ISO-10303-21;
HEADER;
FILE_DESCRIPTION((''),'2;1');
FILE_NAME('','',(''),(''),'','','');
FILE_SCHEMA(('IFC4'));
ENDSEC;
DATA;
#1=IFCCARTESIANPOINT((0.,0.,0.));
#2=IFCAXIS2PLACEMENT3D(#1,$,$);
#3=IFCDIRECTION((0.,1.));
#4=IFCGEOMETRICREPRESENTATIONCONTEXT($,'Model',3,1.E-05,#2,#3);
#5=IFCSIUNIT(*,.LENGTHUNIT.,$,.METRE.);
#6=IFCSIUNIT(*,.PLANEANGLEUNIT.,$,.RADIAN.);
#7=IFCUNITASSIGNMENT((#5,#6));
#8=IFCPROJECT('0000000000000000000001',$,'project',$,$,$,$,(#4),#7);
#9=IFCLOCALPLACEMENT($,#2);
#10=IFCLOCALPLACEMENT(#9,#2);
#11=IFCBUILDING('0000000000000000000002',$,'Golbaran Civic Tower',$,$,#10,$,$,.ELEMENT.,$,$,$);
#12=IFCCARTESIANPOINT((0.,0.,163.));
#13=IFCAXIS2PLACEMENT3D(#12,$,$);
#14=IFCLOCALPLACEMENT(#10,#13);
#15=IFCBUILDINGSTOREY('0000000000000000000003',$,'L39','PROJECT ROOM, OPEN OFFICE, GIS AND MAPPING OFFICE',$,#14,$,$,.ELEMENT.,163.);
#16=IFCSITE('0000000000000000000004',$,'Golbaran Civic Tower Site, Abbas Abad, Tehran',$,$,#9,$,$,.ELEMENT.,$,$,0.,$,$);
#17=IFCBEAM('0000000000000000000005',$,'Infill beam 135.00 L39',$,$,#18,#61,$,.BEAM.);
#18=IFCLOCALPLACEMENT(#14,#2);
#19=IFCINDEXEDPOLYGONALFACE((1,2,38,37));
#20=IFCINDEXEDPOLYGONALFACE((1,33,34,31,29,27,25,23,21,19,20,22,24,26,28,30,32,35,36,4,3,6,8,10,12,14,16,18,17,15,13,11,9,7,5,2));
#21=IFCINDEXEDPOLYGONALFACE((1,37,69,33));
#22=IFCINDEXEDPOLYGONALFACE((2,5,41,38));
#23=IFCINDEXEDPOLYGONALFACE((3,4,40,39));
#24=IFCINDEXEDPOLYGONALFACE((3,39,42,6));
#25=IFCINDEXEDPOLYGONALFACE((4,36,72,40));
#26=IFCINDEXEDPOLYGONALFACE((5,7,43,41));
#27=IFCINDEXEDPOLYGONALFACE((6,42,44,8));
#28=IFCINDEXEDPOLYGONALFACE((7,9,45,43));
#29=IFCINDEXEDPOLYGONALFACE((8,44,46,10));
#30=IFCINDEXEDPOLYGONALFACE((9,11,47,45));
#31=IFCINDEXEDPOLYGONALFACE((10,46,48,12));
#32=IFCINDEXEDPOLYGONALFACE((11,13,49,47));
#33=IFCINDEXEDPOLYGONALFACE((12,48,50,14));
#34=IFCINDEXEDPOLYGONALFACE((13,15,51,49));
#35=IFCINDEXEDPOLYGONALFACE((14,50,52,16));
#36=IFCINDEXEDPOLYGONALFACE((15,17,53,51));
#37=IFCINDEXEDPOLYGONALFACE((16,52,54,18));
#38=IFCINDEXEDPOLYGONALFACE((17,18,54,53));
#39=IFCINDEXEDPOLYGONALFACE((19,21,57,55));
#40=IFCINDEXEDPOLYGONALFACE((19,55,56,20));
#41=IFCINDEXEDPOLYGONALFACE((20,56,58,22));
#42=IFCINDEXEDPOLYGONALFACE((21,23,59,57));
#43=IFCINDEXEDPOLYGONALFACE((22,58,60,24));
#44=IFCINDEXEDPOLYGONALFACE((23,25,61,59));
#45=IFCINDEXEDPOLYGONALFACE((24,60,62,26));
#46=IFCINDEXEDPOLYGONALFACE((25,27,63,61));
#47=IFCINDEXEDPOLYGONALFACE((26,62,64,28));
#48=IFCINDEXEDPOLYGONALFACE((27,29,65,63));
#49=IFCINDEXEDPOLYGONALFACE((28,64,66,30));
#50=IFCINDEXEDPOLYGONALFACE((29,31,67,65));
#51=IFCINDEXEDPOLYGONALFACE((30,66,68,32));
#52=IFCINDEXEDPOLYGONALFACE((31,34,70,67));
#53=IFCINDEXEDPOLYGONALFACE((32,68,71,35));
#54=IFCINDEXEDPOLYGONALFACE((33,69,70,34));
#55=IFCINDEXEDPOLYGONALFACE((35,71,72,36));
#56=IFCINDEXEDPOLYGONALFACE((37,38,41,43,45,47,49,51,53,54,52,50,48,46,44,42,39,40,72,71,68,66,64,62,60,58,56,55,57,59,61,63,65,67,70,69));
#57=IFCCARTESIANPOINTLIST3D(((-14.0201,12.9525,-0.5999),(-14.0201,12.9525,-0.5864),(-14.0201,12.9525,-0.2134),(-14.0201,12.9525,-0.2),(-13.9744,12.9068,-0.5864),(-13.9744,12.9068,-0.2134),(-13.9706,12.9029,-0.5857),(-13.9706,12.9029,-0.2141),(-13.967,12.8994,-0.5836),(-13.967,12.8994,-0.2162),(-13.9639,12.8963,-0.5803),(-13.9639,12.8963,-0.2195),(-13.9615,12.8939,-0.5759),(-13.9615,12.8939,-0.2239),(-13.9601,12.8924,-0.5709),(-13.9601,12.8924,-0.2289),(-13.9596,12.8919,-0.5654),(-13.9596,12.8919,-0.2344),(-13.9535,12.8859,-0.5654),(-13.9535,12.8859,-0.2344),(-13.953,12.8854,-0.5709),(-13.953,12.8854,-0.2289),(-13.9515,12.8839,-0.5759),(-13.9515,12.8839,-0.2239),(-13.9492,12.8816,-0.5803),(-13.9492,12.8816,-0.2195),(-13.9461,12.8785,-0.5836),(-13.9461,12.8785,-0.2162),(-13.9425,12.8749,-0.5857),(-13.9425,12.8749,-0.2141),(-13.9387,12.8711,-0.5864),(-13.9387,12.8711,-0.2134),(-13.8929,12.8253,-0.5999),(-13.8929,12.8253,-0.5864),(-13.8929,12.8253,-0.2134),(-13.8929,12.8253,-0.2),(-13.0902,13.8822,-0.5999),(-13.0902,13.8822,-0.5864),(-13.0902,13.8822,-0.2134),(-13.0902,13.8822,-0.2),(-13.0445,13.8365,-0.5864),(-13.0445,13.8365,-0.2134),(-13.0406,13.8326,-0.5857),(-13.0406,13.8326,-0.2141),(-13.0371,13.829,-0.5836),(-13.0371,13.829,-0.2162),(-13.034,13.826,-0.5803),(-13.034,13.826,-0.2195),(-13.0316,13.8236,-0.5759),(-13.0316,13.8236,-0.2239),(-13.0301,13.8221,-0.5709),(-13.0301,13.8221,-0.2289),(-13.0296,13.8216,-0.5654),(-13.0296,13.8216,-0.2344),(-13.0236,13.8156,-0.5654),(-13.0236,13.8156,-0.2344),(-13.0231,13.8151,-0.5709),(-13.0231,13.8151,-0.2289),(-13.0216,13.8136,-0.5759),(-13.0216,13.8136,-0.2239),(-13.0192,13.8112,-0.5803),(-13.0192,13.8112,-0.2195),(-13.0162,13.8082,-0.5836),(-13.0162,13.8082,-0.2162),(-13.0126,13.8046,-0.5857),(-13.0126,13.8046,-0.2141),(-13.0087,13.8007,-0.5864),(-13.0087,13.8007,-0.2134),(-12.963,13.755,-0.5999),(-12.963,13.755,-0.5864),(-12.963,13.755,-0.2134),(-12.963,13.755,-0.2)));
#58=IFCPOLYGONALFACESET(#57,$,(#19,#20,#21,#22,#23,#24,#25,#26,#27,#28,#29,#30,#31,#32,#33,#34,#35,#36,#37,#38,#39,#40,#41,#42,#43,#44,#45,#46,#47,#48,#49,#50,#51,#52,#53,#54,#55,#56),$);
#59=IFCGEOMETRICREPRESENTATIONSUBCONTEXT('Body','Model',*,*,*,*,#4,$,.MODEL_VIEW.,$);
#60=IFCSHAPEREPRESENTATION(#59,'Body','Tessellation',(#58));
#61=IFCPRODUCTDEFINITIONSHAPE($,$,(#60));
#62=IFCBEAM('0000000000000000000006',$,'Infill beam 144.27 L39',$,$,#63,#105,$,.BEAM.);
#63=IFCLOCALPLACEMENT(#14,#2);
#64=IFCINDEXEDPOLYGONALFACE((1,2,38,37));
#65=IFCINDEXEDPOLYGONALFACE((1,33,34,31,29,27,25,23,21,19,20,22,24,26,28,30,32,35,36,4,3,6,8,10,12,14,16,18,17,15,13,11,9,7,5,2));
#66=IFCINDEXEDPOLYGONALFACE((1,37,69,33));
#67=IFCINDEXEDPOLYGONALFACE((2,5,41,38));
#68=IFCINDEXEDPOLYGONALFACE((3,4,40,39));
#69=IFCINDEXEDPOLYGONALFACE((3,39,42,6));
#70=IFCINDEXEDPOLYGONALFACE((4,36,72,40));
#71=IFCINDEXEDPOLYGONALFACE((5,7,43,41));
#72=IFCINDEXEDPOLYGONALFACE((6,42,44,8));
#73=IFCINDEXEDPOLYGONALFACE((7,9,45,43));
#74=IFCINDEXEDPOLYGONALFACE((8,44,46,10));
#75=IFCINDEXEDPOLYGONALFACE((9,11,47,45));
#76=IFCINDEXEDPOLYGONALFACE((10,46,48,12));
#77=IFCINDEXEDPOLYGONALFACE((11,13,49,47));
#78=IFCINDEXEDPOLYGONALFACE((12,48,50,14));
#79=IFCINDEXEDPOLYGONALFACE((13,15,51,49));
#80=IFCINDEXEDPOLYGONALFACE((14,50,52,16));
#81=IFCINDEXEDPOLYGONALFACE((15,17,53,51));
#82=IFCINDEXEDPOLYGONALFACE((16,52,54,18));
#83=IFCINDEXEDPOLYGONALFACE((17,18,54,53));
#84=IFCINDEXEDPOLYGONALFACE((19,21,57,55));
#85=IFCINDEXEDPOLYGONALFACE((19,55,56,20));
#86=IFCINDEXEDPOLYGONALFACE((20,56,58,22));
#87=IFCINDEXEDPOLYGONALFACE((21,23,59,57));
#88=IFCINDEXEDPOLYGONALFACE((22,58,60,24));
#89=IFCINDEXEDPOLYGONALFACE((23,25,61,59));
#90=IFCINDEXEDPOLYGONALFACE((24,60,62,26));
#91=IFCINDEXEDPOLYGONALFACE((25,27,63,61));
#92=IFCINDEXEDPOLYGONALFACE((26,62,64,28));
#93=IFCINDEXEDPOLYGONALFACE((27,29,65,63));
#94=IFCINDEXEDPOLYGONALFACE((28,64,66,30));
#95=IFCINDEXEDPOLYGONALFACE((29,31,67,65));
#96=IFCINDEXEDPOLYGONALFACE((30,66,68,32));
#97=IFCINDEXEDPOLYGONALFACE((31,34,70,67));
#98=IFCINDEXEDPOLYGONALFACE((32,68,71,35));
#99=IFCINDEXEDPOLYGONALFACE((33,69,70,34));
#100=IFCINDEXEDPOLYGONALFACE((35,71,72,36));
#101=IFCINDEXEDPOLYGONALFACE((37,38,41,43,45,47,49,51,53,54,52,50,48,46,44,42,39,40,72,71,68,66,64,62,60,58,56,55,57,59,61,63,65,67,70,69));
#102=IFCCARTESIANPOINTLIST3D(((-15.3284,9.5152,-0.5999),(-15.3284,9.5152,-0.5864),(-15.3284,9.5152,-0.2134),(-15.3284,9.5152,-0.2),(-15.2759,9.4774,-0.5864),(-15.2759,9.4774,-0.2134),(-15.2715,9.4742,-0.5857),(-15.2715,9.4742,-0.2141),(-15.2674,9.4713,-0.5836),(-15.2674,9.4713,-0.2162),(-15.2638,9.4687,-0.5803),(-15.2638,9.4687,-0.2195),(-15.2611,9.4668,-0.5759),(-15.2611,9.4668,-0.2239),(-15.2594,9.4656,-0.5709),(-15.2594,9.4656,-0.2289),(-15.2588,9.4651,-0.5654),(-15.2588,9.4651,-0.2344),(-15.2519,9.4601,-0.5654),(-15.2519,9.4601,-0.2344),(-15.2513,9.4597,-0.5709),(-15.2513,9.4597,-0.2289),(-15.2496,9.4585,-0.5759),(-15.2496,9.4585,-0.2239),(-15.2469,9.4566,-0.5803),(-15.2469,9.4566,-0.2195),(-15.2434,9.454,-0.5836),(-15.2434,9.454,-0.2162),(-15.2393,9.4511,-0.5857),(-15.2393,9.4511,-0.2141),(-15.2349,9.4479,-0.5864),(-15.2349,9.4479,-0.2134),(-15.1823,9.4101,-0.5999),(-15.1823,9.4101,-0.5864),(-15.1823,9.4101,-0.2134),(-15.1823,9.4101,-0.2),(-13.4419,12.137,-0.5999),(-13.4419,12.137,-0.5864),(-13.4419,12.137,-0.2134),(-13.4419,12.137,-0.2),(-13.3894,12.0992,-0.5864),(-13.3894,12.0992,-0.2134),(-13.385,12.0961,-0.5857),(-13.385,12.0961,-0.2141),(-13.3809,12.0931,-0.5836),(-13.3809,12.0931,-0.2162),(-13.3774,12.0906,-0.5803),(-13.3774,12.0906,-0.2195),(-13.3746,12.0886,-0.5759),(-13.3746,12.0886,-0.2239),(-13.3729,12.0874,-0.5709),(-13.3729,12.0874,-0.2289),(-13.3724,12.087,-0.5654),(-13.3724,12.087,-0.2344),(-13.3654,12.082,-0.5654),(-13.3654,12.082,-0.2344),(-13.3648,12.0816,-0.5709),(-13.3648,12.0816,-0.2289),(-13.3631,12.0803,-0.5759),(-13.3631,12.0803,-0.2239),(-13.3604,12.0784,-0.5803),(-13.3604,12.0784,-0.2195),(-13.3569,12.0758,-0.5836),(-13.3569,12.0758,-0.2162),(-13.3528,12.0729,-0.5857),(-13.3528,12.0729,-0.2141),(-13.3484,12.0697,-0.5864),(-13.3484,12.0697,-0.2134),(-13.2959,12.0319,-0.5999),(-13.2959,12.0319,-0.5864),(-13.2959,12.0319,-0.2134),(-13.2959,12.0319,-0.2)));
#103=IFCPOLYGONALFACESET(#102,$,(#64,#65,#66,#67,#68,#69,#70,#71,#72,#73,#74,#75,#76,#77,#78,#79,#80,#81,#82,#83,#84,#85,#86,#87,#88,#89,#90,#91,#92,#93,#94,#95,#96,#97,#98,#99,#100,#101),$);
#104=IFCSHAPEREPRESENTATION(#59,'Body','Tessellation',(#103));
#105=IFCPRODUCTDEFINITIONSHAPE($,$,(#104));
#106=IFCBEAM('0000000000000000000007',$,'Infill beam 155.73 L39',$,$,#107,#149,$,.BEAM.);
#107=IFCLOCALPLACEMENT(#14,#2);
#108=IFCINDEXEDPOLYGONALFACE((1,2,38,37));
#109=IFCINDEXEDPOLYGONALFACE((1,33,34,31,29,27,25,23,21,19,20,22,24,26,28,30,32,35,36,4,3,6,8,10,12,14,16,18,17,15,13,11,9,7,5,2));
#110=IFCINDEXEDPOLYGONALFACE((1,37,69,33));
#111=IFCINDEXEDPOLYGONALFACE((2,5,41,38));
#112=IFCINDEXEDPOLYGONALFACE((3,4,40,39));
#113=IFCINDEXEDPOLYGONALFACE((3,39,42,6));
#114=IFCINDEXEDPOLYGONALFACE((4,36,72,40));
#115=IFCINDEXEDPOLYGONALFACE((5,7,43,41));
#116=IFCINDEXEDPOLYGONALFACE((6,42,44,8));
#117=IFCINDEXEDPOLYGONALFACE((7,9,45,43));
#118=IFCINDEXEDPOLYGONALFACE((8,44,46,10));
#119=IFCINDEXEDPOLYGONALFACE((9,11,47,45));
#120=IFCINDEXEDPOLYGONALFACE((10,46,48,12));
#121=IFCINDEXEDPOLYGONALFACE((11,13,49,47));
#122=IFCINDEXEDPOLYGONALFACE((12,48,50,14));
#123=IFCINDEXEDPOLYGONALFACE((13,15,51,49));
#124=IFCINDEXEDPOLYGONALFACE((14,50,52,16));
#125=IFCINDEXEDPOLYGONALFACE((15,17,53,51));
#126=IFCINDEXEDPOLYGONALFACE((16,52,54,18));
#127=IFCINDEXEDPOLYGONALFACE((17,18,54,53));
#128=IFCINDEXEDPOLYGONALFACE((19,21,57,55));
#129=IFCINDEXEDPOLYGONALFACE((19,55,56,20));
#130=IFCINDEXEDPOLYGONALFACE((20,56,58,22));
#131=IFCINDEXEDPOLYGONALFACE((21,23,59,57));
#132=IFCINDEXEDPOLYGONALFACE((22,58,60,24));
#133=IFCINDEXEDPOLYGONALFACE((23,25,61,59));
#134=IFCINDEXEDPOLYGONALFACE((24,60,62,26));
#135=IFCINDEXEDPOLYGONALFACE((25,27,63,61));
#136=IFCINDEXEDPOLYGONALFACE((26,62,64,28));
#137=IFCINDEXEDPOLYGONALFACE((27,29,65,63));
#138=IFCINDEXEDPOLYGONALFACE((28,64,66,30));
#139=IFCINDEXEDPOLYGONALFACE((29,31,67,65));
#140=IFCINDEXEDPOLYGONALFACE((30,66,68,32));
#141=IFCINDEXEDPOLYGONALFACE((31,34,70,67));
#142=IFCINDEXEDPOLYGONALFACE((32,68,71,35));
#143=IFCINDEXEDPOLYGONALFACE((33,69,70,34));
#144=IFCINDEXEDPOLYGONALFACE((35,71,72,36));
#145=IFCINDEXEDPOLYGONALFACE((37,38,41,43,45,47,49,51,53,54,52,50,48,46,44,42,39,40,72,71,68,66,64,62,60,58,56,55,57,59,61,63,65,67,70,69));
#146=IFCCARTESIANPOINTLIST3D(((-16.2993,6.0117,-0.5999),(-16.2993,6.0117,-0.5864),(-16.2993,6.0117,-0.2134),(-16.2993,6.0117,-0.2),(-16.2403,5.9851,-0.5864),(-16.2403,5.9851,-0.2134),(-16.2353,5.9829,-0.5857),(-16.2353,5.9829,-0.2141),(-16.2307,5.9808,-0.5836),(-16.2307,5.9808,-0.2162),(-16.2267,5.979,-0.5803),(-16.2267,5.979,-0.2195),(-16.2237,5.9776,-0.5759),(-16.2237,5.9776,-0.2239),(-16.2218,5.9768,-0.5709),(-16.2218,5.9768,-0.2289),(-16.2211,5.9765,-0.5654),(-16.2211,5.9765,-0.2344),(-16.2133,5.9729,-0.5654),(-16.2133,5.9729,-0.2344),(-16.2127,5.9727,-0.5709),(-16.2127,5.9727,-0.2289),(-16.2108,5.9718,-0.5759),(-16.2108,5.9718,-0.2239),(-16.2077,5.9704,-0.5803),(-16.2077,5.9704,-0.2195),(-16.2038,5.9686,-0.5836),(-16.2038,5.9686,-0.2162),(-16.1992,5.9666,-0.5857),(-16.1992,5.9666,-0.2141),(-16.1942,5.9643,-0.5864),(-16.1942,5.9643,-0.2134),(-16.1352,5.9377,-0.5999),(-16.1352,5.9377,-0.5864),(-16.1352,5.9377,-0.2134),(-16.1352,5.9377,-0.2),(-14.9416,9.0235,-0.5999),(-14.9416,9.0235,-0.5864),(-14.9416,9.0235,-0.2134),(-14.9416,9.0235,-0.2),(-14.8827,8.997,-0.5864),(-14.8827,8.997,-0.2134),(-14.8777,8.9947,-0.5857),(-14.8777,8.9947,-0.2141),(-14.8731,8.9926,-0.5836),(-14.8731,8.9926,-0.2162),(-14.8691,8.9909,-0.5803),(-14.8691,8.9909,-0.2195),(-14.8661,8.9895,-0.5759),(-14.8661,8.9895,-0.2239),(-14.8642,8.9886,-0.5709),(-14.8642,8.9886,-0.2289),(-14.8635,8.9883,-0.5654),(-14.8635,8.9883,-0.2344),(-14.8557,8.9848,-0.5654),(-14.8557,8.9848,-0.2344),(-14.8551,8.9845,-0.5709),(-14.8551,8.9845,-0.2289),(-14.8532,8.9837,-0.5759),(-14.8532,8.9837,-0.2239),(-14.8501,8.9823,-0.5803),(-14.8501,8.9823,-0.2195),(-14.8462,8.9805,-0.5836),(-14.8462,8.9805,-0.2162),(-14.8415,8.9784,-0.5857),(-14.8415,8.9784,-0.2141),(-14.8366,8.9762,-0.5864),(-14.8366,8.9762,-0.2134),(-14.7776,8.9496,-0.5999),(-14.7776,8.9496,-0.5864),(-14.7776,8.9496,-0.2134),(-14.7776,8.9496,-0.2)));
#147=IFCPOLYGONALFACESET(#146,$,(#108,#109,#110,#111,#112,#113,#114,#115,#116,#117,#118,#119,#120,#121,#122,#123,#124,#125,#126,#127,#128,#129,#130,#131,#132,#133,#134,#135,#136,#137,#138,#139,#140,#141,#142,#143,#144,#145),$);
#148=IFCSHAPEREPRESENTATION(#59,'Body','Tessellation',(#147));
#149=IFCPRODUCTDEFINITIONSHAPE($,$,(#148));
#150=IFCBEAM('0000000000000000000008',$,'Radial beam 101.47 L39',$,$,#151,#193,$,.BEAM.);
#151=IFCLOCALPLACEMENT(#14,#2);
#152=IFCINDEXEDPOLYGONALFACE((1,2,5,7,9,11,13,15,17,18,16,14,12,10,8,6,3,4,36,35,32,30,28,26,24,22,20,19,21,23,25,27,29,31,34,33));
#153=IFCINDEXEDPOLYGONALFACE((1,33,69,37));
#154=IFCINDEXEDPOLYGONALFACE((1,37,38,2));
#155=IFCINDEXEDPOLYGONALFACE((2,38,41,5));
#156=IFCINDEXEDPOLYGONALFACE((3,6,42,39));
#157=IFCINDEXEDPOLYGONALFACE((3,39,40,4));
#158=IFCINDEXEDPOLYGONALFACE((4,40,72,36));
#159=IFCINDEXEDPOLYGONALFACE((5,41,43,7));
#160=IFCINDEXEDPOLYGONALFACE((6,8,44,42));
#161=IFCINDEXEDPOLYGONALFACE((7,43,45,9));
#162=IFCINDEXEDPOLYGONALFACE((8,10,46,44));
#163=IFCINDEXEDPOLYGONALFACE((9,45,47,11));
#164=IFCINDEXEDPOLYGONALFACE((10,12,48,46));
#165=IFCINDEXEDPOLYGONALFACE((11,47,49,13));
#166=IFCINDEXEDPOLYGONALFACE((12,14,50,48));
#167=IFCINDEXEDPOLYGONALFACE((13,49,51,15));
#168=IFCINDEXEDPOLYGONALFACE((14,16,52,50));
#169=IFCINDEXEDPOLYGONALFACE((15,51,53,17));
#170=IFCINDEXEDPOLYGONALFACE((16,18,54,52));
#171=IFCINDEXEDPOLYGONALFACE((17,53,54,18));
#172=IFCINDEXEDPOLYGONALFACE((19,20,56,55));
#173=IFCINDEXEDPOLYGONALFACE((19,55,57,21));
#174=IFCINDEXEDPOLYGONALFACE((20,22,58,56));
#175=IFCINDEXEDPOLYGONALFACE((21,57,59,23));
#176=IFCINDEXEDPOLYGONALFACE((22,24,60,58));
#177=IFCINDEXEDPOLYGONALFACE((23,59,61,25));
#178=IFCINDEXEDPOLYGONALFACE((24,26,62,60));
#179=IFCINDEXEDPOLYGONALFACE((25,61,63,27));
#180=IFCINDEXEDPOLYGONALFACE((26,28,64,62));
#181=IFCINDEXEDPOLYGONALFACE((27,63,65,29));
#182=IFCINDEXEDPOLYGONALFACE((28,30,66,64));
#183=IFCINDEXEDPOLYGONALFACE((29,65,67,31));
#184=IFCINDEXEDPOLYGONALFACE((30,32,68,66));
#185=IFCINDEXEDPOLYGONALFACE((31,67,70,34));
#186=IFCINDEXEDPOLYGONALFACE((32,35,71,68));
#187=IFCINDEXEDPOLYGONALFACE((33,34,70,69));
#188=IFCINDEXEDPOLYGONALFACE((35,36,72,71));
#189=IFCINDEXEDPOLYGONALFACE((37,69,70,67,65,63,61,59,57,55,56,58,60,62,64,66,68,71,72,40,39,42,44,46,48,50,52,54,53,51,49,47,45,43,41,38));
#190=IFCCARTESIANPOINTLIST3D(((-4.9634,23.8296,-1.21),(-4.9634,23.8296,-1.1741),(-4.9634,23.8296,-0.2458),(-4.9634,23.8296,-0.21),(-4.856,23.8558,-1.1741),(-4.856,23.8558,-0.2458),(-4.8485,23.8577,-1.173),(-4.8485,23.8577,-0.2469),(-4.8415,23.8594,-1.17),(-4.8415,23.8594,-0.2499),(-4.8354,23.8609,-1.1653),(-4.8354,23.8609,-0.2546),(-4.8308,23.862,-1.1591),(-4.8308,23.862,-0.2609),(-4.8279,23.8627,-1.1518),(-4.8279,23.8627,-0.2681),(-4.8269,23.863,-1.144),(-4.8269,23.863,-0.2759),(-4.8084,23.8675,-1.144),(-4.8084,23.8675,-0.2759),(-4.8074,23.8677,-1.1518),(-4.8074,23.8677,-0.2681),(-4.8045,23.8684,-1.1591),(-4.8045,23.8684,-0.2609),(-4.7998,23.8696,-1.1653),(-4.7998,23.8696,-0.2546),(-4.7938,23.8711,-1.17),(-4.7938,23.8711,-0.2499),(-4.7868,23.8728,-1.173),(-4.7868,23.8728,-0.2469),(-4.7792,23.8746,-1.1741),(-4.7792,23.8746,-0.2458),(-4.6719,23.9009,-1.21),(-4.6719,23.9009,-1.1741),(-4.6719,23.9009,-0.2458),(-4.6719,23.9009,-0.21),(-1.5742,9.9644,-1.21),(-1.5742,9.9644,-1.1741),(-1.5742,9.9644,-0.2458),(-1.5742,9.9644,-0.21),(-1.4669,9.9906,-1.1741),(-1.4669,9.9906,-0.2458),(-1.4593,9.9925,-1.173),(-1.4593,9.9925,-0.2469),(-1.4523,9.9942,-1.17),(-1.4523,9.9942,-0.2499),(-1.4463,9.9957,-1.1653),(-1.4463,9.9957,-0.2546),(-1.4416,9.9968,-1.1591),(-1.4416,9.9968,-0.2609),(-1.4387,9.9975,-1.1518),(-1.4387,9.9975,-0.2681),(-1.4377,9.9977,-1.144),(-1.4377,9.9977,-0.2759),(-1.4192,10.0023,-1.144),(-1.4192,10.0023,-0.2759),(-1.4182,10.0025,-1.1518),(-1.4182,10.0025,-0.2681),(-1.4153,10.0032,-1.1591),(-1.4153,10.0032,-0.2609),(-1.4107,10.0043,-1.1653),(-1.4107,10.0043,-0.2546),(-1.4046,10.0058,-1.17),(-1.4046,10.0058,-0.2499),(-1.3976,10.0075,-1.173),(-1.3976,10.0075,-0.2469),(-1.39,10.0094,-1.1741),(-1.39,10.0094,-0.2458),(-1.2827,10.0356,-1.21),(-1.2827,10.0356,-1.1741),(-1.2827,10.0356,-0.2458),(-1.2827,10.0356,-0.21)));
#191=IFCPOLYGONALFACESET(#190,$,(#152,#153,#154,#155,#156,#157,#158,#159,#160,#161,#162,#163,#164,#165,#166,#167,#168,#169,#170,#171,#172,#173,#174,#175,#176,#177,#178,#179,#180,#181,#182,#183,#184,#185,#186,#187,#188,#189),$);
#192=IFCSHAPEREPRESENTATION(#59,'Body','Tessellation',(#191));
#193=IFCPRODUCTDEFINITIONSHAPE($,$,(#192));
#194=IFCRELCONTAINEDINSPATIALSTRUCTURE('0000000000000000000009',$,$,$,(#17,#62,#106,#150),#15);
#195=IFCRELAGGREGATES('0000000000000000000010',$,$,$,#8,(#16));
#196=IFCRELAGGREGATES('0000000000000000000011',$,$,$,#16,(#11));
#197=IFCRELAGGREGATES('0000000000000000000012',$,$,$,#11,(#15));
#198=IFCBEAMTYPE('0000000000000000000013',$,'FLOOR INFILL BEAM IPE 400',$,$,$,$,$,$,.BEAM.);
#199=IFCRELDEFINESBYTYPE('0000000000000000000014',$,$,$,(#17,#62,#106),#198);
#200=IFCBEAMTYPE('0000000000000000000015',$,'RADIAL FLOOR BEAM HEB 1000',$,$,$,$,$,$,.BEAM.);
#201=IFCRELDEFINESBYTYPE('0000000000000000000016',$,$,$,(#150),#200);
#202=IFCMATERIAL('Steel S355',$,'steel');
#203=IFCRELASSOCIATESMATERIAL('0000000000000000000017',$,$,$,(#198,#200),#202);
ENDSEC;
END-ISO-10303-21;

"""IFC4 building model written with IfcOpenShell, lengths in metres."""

from ifc_helpers import new_model, si_unit, direction, frame, origin, origin_2d, place, context, subcontext, project, spatial, i_section, extrude, material, material_profile, profile_set, type_object, element, save


model = new_model("IFC4")

# Units and contexts
model_context = context("Model", 3, precision=1e-05, world=origin(), true_north=direction((0.0, 1.0)))
body_context = subcontext(model_context, "Body", "Model", "MODEL_VIEW")
ifc_project = project(units=[si_unit("LENGTHUNIT", "METRE"), si_unit("PLANEANGLEUNIT", "RADIAN")], contexts=[model_context])

# Site, building, storey
site_placement = place(None, origin())
site = spatial("IfcSite", under=ifc_project, at=site_placement, Name="Golbaran Civic Tower Site, Abbas Abad, Tehran", CompositionType="ELEMENT", RefElevation=0.0)
building_placement = place(site_placement, origin())
building = spatial("IfcBuilding", under=site, at=building_placement, Name="Golbaran Civic Tower", CompositionType="ELEMENT")
storey_placement = place(building_placement, frame((0.0, 0.0, 163.0)))
storey = spatial("IfcBuildingStorey", under=building, at=storey_placement, Name="L39", Description="PROJECT ROOM, OPEN OFFICE, GIS AND MAPPING OFFICE", CompositionType="ELEMENT", Elevation=163.0)

# Beams
ifc_material_1 = material(Name="Steel S355", Category="steel")
ifc_material_profile_1 = material_profile(ifc_material_1, i_section(OverallWidth=0.1799, OverallDepth=0.3999, WebThickness=0.0085, FlangeThickness=0.0134, FilletRadius=0.021, at=origin_2d()), Name="IPE 400")
ifc_profile_set_1 = profile_set([ifc_material_profile_1], Name="Steel S355")
beam_type_1 = type_object("IfcBeamType", Name="FLOOR INFILL BEAM IPE 400", PredefinedType="BEAM", material=ifc_profile_set_1)
beam_1_placement = place(storey_placement, frame((-13.0266, 13.8186, -0.3999), z_axis=(-0.7072, -0.707014, 0.0), x_axis=(0.707014, -0.7072, 0.0)))
element("IfcBeam", 1, at=beam_1_placement, inside=storey, type_object=beam_type_1, Name="Infill beam 135.00 L39", PredefinedType="BEAM", context=body_context, shape_type="SweptSolid", body=[
    extrude(i_section(OverallWidth=0.1799, OverallDepth=0.3999, WebThickness=0.0085, FlangeThickness=0.0134, FilletRadius=0.021, at=origin_2d()), origin(), (0.0, 0.0, 1.0), 1.3149),
])
beam_2_placement = place(storey_placement, frame((-13.3689, 12.0845, -0.3999), z_axis=(-0.584052, -0.811716, 0.0), x_axis=(0.811716, -0.584052, 0.0)))
element("IfcBeam", 2, at=beam_2_placement, inside=storey, type_object=beam_type_1, Name="Infill beam 144.27 L39", PredefinedType="BEAM", context=body_context, shape_type="SweptSolid", body=[
    extrude(i_section(OverallWidth=0.1799, OverallDepth=0.3999, WebThickness=0.0085, FlangeThickness=0.0134, FilletRadius=0.021, at=origin_2d()), origin(), (0.0, 0.0, 1.0), 3.23),
])
beam_3_placement = place(storey_placement, frame((-14.8596, 8.9866, -0.3999), z_axis=(-0.410939, -0.911663, 0.0), x_axis=(0.911663, -0.410939, 0.0)))
element("IfcBeam", 3, at=beam_3_placement, inside=storey, type_object=beam_type_1, Name="Infill beam 155.73 L39", PredefinedType="BEAM", context=body_context, shape_type="SweptSolid", body=[
    extrude(i_section(OverallWidth=0.1799, OverallDepth=0.3999, WebThickness=0.0085, FlangeThickness=0.0134, FilletRadius=0.021, at=origin_2d()), origin(), (0.0, 0.0, 1.0), 3.3037),
])
ifc_material_profile_2 = material_profile(ifc_material_1, i_section(OverallWidth=0.3, OverallDepth=1.0, WebThickness=0.019, FlangeThickness=0.0359, FilletRadius=0.03, at=origin_2d()), Name="HEB 1000")
ifc_profile_set_2 = profile_set([ifc_material_profile_2], Name="Steel S355")
beam_type_2 = type_object("IfcBeamType", Name="RADIAL FLOOR BEAM HEB 1000", PredefinedType="BEAM", material=ifc_profile_set_2)
beam_4_placement = place(storey_placement, frame((-1.4285, 10.0, -0.71), z_axis=(-0.237445, 0.971401, 0.0), x_axis=(-0.971401, -0.237445, 0.0)))
element("IfcBeam", 4, at=beam_4_placement, inside=storey, type_object=beam_type_2, Name="Radial beam 101.47 L39", PredefinedType="BEAM", context=body_context, shape_type="SweptSolid", body=[
    extrude(i_section(OverallWidth=0.3, OverallDepth=1.0, WebThickness=0.019, FlangeThickness=0.0359, FilletRadius=0.03, at=origin_2d()), origin(), (0.0, 0.0, 1.0), 14.2734),
])

save(model, "model.ifc")
